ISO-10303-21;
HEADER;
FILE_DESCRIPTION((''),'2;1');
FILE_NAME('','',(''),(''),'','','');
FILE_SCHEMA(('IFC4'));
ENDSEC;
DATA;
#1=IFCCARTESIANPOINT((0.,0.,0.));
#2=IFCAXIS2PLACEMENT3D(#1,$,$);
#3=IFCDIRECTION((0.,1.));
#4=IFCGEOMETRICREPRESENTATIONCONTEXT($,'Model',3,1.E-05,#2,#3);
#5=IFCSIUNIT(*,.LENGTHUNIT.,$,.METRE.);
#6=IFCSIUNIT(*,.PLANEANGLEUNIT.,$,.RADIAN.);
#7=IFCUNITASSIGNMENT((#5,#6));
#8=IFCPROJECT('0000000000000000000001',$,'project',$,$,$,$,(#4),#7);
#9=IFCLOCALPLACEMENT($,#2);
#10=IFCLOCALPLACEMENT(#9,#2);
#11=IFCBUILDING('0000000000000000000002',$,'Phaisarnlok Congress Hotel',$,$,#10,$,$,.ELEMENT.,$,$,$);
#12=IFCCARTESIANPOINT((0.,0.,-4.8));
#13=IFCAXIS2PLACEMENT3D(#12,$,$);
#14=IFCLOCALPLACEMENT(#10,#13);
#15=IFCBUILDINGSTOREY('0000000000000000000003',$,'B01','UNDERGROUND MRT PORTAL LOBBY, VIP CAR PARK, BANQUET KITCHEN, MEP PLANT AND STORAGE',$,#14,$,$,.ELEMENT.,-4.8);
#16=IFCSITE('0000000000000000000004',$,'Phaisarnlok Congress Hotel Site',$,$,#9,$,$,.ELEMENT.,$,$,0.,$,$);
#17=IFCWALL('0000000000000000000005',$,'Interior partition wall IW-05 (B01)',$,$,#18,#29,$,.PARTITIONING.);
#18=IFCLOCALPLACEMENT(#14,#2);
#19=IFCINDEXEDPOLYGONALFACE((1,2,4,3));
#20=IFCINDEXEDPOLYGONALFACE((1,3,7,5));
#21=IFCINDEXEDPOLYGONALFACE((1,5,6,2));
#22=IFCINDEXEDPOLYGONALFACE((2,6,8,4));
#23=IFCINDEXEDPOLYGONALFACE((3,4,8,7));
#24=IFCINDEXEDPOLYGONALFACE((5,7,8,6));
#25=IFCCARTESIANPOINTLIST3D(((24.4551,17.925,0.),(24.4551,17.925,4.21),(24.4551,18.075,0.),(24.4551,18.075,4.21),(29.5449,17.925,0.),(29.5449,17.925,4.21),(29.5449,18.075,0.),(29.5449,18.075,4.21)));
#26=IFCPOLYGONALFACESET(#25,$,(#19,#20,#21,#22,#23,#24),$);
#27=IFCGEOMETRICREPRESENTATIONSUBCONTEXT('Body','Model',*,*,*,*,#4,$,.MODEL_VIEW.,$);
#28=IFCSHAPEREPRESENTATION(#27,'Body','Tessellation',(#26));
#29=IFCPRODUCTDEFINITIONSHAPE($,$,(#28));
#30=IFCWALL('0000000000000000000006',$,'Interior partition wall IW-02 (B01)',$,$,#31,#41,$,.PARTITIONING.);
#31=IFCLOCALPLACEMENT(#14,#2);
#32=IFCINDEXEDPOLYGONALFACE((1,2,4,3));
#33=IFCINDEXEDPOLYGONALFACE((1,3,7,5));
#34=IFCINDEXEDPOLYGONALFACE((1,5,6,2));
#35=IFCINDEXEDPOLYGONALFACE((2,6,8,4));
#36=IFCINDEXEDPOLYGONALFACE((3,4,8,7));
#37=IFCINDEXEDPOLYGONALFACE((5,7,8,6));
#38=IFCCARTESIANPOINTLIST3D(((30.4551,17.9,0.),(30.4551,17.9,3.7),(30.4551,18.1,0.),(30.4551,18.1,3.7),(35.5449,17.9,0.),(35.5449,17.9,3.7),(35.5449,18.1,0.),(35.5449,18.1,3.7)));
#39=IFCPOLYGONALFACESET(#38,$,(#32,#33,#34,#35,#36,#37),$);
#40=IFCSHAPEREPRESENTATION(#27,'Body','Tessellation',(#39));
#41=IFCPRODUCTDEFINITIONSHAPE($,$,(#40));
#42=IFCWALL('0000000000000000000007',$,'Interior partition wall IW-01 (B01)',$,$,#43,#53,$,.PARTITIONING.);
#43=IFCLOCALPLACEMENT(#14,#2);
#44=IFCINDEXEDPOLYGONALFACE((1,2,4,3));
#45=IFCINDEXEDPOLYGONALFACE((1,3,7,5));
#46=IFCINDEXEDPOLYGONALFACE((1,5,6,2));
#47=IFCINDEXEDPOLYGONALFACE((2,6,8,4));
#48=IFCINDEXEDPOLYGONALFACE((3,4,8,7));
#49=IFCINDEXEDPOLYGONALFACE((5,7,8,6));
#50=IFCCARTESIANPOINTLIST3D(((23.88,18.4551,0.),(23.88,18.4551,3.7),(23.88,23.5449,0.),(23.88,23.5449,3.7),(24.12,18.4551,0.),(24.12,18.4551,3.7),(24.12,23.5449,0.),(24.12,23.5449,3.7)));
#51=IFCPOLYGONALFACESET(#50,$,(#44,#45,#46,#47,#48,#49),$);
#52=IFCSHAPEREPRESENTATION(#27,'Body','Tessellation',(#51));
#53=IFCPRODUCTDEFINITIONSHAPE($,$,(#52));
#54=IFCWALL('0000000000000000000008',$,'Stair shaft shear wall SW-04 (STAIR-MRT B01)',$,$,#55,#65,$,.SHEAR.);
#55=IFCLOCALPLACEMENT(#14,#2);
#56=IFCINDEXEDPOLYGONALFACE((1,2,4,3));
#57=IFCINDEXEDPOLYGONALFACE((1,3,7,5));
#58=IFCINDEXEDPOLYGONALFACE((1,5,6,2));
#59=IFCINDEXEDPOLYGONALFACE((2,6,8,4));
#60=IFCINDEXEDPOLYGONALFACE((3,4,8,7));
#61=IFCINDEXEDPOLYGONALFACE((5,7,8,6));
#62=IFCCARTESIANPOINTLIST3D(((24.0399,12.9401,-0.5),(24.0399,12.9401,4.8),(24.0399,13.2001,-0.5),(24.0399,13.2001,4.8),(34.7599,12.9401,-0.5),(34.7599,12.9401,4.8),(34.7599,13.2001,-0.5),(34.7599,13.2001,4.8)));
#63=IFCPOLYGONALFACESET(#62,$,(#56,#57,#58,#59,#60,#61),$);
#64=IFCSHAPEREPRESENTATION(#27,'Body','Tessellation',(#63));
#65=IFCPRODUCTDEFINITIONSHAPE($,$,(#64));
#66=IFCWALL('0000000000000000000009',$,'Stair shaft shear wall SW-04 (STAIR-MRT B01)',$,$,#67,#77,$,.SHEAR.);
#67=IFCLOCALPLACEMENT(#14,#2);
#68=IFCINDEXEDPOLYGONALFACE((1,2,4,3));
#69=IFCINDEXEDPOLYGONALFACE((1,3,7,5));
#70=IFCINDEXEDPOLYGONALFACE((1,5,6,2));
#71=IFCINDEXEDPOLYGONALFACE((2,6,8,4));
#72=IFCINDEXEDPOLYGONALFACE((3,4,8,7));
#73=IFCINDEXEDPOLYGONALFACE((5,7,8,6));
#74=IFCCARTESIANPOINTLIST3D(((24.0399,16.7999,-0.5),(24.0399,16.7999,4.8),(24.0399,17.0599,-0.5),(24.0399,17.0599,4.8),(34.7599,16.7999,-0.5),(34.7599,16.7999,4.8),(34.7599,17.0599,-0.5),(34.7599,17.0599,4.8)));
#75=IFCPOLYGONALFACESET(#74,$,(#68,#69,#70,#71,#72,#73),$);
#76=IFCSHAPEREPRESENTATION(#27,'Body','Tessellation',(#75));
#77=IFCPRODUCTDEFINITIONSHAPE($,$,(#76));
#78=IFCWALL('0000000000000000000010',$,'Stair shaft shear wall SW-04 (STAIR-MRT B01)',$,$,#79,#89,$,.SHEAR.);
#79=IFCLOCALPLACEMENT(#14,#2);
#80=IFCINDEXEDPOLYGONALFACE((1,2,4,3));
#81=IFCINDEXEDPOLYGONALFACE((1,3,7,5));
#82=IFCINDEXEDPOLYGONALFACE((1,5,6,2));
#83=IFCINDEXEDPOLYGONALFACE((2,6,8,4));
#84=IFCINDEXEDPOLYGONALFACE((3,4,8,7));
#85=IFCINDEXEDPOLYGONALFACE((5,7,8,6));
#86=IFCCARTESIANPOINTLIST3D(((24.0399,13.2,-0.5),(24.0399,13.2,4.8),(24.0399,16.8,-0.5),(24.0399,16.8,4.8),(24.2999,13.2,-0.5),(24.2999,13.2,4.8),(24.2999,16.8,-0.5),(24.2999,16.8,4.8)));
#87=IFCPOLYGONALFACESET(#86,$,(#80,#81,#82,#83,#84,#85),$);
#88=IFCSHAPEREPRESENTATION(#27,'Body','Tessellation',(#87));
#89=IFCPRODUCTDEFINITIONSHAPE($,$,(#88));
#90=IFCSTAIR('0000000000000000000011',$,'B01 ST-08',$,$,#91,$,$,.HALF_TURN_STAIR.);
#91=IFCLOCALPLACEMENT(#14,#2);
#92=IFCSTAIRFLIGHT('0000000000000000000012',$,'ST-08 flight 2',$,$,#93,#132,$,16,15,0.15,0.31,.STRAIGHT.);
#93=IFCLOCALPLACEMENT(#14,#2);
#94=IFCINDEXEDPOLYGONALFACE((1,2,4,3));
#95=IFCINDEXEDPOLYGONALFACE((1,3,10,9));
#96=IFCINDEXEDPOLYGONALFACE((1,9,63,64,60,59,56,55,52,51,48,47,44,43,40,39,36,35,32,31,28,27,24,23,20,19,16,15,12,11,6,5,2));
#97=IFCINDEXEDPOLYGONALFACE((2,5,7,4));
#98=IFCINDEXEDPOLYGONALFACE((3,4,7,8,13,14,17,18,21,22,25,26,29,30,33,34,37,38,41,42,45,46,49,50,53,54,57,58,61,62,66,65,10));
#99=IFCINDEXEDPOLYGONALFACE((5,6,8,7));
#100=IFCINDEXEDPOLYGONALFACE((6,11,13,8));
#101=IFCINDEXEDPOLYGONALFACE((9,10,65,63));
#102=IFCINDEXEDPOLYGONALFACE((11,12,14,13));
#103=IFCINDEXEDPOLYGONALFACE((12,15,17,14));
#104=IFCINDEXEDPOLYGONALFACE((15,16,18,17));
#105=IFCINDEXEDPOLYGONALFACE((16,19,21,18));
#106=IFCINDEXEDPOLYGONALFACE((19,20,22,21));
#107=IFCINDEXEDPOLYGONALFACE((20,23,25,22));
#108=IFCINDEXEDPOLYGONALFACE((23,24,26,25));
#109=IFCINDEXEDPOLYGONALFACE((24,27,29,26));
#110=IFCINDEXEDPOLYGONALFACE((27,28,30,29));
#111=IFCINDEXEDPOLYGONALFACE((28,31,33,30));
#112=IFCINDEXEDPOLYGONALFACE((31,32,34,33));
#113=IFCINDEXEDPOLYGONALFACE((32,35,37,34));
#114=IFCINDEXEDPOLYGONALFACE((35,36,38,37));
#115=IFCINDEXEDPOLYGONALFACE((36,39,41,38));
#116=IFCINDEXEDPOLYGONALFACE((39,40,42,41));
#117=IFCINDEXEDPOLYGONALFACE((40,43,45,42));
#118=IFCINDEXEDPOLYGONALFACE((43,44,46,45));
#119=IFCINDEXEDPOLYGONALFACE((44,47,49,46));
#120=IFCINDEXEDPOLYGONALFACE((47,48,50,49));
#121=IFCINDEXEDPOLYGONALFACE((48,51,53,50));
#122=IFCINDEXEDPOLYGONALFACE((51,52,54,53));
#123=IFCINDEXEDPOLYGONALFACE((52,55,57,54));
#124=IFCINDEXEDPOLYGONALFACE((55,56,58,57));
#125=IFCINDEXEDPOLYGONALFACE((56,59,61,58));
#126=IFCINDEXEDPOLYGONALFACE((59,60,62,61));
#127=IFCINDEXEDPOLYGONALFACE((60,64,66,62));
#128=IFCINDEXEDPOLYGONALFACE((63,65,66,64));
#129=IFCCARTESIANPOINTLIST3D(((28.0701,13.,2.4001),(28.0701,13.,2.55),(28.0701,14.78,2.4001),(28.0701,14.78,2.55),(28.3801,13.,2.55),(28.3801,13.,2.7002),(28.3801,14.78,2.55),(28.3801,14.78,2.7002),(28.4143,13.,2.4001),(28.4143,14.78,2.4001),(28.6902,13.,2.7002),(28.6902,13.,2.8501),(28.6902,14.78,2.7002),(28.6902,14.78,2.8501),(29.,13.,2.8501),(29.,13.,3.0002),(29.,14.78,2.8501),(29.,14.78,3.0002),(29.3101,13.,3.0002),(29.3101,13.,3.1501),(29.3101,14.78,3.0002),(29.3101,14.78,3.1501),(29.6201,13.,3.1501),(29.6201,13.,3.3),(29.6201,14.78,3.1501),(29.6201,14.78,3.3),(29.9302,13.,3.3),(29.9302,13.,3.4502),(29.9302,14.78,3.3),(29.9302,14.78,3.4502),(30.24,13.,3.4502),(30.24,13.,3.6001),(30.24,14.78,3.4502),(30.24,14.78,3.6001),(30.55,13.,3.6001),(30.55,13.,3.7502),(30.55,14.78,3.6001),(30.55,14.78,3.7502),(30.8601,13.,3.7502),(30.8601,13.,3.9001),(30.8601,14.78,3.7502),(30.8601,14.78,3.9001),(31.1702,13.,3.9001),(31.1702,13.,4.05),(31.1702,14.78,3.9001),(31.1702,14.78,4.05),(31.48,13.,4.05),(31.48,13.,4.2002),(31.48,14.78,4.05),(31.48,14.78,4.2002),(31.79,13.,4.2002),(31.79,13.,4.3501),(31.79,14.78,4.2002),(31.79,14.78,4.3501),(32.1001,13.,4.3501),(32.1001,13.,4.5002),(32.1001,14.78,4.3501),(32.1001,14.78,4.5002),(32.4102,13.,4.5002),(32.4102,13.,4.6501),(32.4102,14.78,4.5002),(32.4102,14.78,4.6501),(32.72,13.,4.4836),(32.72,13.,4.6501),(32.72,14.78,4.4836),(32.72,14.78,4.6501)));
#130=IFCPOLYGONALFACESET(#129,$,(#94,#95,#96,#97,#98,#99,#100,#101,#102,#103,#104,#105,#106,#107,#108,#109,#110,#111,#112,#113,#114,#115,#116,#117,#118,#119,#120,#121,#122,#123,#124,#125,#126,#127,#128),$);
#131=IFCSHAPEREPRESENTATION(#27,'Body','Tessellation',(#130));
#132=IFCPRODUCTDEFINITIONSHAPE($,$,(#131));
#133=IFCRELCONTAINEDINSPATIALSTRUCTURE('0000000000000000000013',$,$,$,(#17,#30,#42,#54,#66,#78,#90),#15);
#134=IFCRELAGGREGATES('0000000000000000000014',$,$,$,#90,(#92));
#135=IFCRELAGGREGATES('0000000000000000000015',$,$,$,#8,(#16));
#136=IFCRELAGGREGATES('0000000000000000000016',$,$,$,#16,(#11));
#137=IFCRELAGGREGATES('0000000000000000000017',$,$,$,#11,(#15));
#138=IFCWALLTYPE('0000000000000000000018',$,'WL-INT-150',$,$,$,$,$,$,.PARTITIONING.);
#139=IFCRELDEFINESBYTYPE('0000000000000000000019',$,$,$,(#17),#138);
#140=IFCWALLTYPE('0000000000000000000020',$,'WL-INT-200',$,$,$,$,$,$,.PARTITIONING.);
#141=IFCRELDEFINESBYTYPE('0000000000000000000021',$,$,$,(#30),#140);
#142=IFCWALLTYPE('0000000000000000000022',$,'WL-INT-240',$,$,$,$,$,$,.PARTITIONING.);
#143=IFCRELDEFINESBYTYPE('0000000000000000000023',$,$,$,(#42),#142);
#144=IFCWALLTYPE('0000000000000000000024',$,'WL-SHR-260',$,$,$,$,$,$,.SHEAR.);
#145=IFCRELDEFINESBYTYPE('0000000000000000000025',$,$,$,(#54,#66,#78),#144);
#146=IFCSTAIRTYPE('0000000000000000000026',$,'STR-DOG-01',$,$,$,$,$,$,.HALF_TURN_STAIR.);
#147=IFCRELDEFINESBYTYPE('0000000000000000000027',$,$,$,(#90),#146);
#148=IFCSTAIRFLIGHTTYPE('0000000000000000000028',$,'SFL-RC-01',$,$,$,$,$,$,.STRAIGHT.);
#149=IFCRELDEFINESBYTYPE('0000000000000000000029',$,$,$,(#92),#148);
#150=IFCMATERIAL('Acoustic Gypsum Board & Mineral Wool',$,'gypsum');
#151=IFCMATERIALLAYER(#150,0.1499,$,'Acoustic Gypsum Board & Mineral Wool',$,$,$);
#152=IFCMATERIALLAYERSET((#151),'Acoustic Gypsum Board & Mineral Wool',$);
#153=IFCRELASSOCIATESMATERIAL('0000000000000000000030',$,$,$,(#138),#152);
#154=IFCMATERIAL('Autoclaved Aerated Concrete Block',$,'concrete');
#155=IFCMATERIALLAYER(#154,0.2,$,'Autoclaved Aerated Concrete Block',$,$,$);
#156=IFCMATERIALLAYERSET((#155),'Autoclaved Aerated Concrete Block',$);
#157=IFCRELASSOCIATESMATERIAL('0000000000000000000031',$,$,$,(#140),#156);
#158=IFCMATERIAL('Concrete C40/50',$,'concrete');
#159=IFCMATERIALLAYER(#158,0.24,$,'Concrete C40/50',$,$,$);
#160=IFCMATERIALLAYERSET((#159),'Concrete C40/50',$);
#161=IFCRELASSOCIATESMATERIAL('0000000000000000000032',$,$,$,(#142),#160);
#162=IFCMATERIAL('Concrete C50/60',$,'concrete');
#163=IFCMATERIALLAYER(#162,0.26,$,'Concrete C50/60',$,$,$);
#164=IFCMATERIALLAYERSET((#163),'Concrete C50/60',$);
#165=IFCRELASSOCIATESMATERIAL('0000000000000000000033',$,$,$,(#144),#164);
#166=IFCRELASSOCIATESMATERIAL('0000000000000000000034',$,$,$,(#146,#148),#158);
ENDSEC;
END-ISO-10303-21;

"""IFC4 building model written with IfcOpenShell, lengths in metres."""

from ifc_helpers import new_model, si_unit, direction, frame, frame_2d, origin, place, context, subcontext, project, spatial, polyline, rectangle, outline, extrude, material, layer, layer_set, type_object, element, aggregate, save


model = new_model("IFC4")

# Units and contexts
model_context = context("Model", 3, precision=1e-05, world=origin(), true_north=direction((0.0, 1.0)))
body_context = subcontext(model_context, "Body", "Model", "MODEL_VIEW")
ifc_project = project(units=[si_unit("LENGTHUNIT", "METRE"), si_unit("PLANEANGLEUNIT", "RADIAN")], contexts=[model_context])

# Site, building, storey
site_placement = place(None, origin())
site = spatial("IfcSite", under=ifc_project, at=site_placement, Name="Phaisarnlok Congress Hotel Site", CompositionType="ELEMENT", RefElevation=0.0)
building_placement = place(site_placement, origin())
building = spatial("IfcBuilding", under=site, at=building_placement, Name="Phaisarnlok Congress Hotel", CompositionType="ELEMENT")
storey_placement = place(building_placement, frame((0.0, 0.0, -4.8)))
storey = spatial("IfcBuildingStorey", under=building, at=storey_placement, Name="B01", Description="UNDERGROUND MRT PORTAL LOBBY, VIP CAR PARK, BANQUET KITCHEN, MEP PLANT AND STORAGE", CompositionType="ELEMENT", Elevation=-4.8)

# Shared definitions
ifc_material_1 = material(Name="Concrete C40/50", Category="concrete")

# Shared definitions
ifc_material_2 = material(Name="Concrete C50/60", Category="concrete")

# Walls
ifc_material_3 = material(Name="Acoustic Gypsum Board & Mineral Wool", Category="gypsum")
ifc_layer_1 = layer(ifc_material_3, 0.1499, Name="Acoustic Gypsum Board & Mineral Wool")
ifc_layer_set_1 = layer_set([ifc_layer_1], Name="Acoustic Gypsum Board & Mineral Wool")
wall_type_1 = type_object("IfcWallType", Name="WL-INT-150", PredefinedType="PARTITIONING", material=ifc_layer_set_1)
wall_1_placement = place(storey_placement, frame((24.4551, 18.0, 0.0), z_axis=(0.0, 0.0, 1.0), x_axis=(1.0, 0.0, 0.0)))
element("IfcWall", 1, at=wall_1_placement, inside=storey, type_object=wall_type_1, Name="Interior partition wall IW-05 (B01)", PredefinedType="PARTITIONING", context=body_context, shape_type="SweptSolid", body=[
    extrude(rectangle(XDim=5.0898, YDim=0.1499, at=frame_2d((2.5449, 0.0))), origin(), (0.0, 0.0, 1.0), 4.21),
])
ifc_material_4 = material(Name="Autoclaved Aerated Concrete Block", Category="concrete")
ifc_layer_2 = layer(ifc_material_4, 0.2, Name="Autoclaved Aerated Concrete Block")
ifc_layer_set_2 = layer_set([ifc_layer_2], Name="Autoclaved Aerated Concrete Block")
wall_type_2 = type_object("IfcWallType", Name="WL-INT-200", PredefinedType="PARTITIONING", material=ifc_layer_set_2)
wall_2_placement = place(storey_placement, frame((30.4551, 18.0, 0.0), z_axis=(0.0, 0.0, 1.0), x_axis=(1.0, 0.0, 0.0)))
element("IfcWall", 2, at=wall_2_placement, inside=storey, type_object=wall_type_2, Name="Interior partition wall IW-02 (B01)", PredefinedType="PARTITIONING", context=body_context, shape_type="SweptSolid", body=[
    extrude(rectangle(XDim=5.0898, YDim=0.2, at=frame_2d((2.5449, 0.0))), origin(), (0.0, 0.0, 1.0), 3.7),
])
ifc_layer_3 = layer(ifc_material_1, 0.24, Name="Concrete C40/50")
ifc_layer_set_3 = layer_set([ifc_layer_3], Name="Concrete C40/50")
wall_type_3 = type_object("IfcWallType", Name="WL-INT-240", PredefinedType="PARTITIONING", material=ifc_layer_set_3)
wall_3_placement = place(storey_placement, frame((24.0, 18.4551, 0.0), z_axis=(0.0, 0.0, 1.0), x_axis=(0.0, 1.0, 0.0)))
element("IfcWall", 3, at=wall_3_placement, inside=storey, type_object=wall_type_3, Name="Interior partition wall IW-01 (B01)", PredefinedType="PARTITIONING", context=body_context, shape_type="SweptSolid", body=[
    extrude(rectangle(XDim=5.0898, YDim=0.24, at=frame_2d((2.5449, 0.0))), origin(), (0.0, 0.0, 1.0), 3.7),
])
ifc_layer_4 = layer(ifc_material_2, 0.26, Name="Concrete C50/60")
ifc_layer_set_4 = layer_set([ifc_layer_4], Name="Concrete C50/60")
wall_type_4 = type_object("IfcWallType", Name="WL-SHR-260", PredefinedType="SHEAR", material=ifc_layer_set_4)
for number, where, z_axis, x_axis, name in (
    (4, (24.04, 13.0701, -0.5), (0.0, 0.0, 1.0), (1.0, 0.0, 0.0), "Stair shaft shear wall SW-04 (STAIR-MRT B01)"),
    (5, (24.04, 16.9299, -0.5), (0.0, 0.0, 1.0), (1.0, 0.0, 0.0), "Stair shaft shear wall SW-04 (STAIR-MRT B01)"),
):
    element("IfcWall", number, at=place(storey_placement, frame(where, z_axis=z_axis, x_axis=x_axis)), inside=storey, type_object=wall_type_4, Name=name, PredefinedType="SHEAR", context=body_context, shape_type="SweptSolid", body=[
        extrude(rectangle(XDim=10.72, YDim=0.26, at=frame_2d((5.3599, 0.0))), origin(), (0.0, 0.0, 1.0), 5.3),
    ])
wall_4_placement = place(storey_placement, frame((24.1699, 13.2, -0.5), z_axis=(0.0, 0.0, 1.0), x_axis=(0.0, 1.0, 0.0)))
element("IfcWall", 6, at=wall_4_placement, inside=storey, type_object=wall_type_4, Name="Stair shaft shear wall SW-04 (STAIR-MRT B01)", PredefinedType="SHEAR", context=body_context, shape_type="SweptSolid", body=[
    extrude(rectangle(XDim=3.6001, YDim=0.26, at=frame_2d((1.8, 0.0))), origin(), (0.0, 0.0, 1.0), 5.3),
])

# Stair, stair flight
stair_type = type_object("IfcStairType", Name="STR-DOG-01", PredefinedType="HALF_TURN_STAIR", material=ifc_material_1)
stair_placement = place(storey_placement, origin())
stair = element("IfcStair", 7, at=stair_placement, inside=storey, type_object=stair_type, Name="B01 ST-08", PredefinedType="HALF_TURN_STAIR")
stair_flight_type = type_object("IfcStairFlightType", Name="SFL-RC-01", PredefinedType="STRAIGHT", material=ifc_material_1)
stair_flight_placement = place(storey_placement, frame((28.0701, 13.8899, 2.4001), z_axis=(0.0, 0.0, 1.0), x_axis=(1.0, 0.0, 0.0)))
stair_flight = element("IfcStairFlight", 8, at=stair_flight_placement, type_object=stair_flight_type, Name="ST-08 flight 2", NumberOfRisers=16, NumberOfTreads=15, PredefinedType="STRAIGHT", RiserHeight=0.15, TreadLength=0.31, context=body_context, shape_type="SweptSolid", body=[
    extrude(outline(polyline([(0.0, 0.0), (0.0, 0.1499), (0.3101, 0.1499), (0.3101, 0.3), (0.6201, 0.3), (0.6201, 0.45), (0.9299, 0.45), (0.9299, 0.6001), (1.24, 0.6001), (1.24, 0.75), (1.55, 0.75), (1.55, 0.8999), (1.8601, 0.8999), (1.8601, 1.05), (2.1699, 1.05), (2.1699, 1.2), (2.48, 1.2), (2.48, 1.3501), (2.79, 1.3501), (2.79, 1.5), (3.1001, 1.5), (3.1001, 1.6499), (3.4099, 1.6499), (3.4099, 1.8), (3.72, 1.8), (3.72, 1.95), (4.03, 1.95), (4.03, 2.1001), (4.3401, 2.1001), (4.3401, 2.25), (4.6499, 2.25), (4.6499, 2.3999), (4.6499, 2.0835), (0.3442, 0.0), (0.0, 0.0)])), frame((0.0, 0.8901, 0.0), z_axis=(0.0, -1.0, 0.0), x_axis=(1.0, 0.0, 0.0)), (0.0, 0.0, 1.0), 1.78),
])
aggregate(stair, [stair_flight])

save(model, "model.ifc")
